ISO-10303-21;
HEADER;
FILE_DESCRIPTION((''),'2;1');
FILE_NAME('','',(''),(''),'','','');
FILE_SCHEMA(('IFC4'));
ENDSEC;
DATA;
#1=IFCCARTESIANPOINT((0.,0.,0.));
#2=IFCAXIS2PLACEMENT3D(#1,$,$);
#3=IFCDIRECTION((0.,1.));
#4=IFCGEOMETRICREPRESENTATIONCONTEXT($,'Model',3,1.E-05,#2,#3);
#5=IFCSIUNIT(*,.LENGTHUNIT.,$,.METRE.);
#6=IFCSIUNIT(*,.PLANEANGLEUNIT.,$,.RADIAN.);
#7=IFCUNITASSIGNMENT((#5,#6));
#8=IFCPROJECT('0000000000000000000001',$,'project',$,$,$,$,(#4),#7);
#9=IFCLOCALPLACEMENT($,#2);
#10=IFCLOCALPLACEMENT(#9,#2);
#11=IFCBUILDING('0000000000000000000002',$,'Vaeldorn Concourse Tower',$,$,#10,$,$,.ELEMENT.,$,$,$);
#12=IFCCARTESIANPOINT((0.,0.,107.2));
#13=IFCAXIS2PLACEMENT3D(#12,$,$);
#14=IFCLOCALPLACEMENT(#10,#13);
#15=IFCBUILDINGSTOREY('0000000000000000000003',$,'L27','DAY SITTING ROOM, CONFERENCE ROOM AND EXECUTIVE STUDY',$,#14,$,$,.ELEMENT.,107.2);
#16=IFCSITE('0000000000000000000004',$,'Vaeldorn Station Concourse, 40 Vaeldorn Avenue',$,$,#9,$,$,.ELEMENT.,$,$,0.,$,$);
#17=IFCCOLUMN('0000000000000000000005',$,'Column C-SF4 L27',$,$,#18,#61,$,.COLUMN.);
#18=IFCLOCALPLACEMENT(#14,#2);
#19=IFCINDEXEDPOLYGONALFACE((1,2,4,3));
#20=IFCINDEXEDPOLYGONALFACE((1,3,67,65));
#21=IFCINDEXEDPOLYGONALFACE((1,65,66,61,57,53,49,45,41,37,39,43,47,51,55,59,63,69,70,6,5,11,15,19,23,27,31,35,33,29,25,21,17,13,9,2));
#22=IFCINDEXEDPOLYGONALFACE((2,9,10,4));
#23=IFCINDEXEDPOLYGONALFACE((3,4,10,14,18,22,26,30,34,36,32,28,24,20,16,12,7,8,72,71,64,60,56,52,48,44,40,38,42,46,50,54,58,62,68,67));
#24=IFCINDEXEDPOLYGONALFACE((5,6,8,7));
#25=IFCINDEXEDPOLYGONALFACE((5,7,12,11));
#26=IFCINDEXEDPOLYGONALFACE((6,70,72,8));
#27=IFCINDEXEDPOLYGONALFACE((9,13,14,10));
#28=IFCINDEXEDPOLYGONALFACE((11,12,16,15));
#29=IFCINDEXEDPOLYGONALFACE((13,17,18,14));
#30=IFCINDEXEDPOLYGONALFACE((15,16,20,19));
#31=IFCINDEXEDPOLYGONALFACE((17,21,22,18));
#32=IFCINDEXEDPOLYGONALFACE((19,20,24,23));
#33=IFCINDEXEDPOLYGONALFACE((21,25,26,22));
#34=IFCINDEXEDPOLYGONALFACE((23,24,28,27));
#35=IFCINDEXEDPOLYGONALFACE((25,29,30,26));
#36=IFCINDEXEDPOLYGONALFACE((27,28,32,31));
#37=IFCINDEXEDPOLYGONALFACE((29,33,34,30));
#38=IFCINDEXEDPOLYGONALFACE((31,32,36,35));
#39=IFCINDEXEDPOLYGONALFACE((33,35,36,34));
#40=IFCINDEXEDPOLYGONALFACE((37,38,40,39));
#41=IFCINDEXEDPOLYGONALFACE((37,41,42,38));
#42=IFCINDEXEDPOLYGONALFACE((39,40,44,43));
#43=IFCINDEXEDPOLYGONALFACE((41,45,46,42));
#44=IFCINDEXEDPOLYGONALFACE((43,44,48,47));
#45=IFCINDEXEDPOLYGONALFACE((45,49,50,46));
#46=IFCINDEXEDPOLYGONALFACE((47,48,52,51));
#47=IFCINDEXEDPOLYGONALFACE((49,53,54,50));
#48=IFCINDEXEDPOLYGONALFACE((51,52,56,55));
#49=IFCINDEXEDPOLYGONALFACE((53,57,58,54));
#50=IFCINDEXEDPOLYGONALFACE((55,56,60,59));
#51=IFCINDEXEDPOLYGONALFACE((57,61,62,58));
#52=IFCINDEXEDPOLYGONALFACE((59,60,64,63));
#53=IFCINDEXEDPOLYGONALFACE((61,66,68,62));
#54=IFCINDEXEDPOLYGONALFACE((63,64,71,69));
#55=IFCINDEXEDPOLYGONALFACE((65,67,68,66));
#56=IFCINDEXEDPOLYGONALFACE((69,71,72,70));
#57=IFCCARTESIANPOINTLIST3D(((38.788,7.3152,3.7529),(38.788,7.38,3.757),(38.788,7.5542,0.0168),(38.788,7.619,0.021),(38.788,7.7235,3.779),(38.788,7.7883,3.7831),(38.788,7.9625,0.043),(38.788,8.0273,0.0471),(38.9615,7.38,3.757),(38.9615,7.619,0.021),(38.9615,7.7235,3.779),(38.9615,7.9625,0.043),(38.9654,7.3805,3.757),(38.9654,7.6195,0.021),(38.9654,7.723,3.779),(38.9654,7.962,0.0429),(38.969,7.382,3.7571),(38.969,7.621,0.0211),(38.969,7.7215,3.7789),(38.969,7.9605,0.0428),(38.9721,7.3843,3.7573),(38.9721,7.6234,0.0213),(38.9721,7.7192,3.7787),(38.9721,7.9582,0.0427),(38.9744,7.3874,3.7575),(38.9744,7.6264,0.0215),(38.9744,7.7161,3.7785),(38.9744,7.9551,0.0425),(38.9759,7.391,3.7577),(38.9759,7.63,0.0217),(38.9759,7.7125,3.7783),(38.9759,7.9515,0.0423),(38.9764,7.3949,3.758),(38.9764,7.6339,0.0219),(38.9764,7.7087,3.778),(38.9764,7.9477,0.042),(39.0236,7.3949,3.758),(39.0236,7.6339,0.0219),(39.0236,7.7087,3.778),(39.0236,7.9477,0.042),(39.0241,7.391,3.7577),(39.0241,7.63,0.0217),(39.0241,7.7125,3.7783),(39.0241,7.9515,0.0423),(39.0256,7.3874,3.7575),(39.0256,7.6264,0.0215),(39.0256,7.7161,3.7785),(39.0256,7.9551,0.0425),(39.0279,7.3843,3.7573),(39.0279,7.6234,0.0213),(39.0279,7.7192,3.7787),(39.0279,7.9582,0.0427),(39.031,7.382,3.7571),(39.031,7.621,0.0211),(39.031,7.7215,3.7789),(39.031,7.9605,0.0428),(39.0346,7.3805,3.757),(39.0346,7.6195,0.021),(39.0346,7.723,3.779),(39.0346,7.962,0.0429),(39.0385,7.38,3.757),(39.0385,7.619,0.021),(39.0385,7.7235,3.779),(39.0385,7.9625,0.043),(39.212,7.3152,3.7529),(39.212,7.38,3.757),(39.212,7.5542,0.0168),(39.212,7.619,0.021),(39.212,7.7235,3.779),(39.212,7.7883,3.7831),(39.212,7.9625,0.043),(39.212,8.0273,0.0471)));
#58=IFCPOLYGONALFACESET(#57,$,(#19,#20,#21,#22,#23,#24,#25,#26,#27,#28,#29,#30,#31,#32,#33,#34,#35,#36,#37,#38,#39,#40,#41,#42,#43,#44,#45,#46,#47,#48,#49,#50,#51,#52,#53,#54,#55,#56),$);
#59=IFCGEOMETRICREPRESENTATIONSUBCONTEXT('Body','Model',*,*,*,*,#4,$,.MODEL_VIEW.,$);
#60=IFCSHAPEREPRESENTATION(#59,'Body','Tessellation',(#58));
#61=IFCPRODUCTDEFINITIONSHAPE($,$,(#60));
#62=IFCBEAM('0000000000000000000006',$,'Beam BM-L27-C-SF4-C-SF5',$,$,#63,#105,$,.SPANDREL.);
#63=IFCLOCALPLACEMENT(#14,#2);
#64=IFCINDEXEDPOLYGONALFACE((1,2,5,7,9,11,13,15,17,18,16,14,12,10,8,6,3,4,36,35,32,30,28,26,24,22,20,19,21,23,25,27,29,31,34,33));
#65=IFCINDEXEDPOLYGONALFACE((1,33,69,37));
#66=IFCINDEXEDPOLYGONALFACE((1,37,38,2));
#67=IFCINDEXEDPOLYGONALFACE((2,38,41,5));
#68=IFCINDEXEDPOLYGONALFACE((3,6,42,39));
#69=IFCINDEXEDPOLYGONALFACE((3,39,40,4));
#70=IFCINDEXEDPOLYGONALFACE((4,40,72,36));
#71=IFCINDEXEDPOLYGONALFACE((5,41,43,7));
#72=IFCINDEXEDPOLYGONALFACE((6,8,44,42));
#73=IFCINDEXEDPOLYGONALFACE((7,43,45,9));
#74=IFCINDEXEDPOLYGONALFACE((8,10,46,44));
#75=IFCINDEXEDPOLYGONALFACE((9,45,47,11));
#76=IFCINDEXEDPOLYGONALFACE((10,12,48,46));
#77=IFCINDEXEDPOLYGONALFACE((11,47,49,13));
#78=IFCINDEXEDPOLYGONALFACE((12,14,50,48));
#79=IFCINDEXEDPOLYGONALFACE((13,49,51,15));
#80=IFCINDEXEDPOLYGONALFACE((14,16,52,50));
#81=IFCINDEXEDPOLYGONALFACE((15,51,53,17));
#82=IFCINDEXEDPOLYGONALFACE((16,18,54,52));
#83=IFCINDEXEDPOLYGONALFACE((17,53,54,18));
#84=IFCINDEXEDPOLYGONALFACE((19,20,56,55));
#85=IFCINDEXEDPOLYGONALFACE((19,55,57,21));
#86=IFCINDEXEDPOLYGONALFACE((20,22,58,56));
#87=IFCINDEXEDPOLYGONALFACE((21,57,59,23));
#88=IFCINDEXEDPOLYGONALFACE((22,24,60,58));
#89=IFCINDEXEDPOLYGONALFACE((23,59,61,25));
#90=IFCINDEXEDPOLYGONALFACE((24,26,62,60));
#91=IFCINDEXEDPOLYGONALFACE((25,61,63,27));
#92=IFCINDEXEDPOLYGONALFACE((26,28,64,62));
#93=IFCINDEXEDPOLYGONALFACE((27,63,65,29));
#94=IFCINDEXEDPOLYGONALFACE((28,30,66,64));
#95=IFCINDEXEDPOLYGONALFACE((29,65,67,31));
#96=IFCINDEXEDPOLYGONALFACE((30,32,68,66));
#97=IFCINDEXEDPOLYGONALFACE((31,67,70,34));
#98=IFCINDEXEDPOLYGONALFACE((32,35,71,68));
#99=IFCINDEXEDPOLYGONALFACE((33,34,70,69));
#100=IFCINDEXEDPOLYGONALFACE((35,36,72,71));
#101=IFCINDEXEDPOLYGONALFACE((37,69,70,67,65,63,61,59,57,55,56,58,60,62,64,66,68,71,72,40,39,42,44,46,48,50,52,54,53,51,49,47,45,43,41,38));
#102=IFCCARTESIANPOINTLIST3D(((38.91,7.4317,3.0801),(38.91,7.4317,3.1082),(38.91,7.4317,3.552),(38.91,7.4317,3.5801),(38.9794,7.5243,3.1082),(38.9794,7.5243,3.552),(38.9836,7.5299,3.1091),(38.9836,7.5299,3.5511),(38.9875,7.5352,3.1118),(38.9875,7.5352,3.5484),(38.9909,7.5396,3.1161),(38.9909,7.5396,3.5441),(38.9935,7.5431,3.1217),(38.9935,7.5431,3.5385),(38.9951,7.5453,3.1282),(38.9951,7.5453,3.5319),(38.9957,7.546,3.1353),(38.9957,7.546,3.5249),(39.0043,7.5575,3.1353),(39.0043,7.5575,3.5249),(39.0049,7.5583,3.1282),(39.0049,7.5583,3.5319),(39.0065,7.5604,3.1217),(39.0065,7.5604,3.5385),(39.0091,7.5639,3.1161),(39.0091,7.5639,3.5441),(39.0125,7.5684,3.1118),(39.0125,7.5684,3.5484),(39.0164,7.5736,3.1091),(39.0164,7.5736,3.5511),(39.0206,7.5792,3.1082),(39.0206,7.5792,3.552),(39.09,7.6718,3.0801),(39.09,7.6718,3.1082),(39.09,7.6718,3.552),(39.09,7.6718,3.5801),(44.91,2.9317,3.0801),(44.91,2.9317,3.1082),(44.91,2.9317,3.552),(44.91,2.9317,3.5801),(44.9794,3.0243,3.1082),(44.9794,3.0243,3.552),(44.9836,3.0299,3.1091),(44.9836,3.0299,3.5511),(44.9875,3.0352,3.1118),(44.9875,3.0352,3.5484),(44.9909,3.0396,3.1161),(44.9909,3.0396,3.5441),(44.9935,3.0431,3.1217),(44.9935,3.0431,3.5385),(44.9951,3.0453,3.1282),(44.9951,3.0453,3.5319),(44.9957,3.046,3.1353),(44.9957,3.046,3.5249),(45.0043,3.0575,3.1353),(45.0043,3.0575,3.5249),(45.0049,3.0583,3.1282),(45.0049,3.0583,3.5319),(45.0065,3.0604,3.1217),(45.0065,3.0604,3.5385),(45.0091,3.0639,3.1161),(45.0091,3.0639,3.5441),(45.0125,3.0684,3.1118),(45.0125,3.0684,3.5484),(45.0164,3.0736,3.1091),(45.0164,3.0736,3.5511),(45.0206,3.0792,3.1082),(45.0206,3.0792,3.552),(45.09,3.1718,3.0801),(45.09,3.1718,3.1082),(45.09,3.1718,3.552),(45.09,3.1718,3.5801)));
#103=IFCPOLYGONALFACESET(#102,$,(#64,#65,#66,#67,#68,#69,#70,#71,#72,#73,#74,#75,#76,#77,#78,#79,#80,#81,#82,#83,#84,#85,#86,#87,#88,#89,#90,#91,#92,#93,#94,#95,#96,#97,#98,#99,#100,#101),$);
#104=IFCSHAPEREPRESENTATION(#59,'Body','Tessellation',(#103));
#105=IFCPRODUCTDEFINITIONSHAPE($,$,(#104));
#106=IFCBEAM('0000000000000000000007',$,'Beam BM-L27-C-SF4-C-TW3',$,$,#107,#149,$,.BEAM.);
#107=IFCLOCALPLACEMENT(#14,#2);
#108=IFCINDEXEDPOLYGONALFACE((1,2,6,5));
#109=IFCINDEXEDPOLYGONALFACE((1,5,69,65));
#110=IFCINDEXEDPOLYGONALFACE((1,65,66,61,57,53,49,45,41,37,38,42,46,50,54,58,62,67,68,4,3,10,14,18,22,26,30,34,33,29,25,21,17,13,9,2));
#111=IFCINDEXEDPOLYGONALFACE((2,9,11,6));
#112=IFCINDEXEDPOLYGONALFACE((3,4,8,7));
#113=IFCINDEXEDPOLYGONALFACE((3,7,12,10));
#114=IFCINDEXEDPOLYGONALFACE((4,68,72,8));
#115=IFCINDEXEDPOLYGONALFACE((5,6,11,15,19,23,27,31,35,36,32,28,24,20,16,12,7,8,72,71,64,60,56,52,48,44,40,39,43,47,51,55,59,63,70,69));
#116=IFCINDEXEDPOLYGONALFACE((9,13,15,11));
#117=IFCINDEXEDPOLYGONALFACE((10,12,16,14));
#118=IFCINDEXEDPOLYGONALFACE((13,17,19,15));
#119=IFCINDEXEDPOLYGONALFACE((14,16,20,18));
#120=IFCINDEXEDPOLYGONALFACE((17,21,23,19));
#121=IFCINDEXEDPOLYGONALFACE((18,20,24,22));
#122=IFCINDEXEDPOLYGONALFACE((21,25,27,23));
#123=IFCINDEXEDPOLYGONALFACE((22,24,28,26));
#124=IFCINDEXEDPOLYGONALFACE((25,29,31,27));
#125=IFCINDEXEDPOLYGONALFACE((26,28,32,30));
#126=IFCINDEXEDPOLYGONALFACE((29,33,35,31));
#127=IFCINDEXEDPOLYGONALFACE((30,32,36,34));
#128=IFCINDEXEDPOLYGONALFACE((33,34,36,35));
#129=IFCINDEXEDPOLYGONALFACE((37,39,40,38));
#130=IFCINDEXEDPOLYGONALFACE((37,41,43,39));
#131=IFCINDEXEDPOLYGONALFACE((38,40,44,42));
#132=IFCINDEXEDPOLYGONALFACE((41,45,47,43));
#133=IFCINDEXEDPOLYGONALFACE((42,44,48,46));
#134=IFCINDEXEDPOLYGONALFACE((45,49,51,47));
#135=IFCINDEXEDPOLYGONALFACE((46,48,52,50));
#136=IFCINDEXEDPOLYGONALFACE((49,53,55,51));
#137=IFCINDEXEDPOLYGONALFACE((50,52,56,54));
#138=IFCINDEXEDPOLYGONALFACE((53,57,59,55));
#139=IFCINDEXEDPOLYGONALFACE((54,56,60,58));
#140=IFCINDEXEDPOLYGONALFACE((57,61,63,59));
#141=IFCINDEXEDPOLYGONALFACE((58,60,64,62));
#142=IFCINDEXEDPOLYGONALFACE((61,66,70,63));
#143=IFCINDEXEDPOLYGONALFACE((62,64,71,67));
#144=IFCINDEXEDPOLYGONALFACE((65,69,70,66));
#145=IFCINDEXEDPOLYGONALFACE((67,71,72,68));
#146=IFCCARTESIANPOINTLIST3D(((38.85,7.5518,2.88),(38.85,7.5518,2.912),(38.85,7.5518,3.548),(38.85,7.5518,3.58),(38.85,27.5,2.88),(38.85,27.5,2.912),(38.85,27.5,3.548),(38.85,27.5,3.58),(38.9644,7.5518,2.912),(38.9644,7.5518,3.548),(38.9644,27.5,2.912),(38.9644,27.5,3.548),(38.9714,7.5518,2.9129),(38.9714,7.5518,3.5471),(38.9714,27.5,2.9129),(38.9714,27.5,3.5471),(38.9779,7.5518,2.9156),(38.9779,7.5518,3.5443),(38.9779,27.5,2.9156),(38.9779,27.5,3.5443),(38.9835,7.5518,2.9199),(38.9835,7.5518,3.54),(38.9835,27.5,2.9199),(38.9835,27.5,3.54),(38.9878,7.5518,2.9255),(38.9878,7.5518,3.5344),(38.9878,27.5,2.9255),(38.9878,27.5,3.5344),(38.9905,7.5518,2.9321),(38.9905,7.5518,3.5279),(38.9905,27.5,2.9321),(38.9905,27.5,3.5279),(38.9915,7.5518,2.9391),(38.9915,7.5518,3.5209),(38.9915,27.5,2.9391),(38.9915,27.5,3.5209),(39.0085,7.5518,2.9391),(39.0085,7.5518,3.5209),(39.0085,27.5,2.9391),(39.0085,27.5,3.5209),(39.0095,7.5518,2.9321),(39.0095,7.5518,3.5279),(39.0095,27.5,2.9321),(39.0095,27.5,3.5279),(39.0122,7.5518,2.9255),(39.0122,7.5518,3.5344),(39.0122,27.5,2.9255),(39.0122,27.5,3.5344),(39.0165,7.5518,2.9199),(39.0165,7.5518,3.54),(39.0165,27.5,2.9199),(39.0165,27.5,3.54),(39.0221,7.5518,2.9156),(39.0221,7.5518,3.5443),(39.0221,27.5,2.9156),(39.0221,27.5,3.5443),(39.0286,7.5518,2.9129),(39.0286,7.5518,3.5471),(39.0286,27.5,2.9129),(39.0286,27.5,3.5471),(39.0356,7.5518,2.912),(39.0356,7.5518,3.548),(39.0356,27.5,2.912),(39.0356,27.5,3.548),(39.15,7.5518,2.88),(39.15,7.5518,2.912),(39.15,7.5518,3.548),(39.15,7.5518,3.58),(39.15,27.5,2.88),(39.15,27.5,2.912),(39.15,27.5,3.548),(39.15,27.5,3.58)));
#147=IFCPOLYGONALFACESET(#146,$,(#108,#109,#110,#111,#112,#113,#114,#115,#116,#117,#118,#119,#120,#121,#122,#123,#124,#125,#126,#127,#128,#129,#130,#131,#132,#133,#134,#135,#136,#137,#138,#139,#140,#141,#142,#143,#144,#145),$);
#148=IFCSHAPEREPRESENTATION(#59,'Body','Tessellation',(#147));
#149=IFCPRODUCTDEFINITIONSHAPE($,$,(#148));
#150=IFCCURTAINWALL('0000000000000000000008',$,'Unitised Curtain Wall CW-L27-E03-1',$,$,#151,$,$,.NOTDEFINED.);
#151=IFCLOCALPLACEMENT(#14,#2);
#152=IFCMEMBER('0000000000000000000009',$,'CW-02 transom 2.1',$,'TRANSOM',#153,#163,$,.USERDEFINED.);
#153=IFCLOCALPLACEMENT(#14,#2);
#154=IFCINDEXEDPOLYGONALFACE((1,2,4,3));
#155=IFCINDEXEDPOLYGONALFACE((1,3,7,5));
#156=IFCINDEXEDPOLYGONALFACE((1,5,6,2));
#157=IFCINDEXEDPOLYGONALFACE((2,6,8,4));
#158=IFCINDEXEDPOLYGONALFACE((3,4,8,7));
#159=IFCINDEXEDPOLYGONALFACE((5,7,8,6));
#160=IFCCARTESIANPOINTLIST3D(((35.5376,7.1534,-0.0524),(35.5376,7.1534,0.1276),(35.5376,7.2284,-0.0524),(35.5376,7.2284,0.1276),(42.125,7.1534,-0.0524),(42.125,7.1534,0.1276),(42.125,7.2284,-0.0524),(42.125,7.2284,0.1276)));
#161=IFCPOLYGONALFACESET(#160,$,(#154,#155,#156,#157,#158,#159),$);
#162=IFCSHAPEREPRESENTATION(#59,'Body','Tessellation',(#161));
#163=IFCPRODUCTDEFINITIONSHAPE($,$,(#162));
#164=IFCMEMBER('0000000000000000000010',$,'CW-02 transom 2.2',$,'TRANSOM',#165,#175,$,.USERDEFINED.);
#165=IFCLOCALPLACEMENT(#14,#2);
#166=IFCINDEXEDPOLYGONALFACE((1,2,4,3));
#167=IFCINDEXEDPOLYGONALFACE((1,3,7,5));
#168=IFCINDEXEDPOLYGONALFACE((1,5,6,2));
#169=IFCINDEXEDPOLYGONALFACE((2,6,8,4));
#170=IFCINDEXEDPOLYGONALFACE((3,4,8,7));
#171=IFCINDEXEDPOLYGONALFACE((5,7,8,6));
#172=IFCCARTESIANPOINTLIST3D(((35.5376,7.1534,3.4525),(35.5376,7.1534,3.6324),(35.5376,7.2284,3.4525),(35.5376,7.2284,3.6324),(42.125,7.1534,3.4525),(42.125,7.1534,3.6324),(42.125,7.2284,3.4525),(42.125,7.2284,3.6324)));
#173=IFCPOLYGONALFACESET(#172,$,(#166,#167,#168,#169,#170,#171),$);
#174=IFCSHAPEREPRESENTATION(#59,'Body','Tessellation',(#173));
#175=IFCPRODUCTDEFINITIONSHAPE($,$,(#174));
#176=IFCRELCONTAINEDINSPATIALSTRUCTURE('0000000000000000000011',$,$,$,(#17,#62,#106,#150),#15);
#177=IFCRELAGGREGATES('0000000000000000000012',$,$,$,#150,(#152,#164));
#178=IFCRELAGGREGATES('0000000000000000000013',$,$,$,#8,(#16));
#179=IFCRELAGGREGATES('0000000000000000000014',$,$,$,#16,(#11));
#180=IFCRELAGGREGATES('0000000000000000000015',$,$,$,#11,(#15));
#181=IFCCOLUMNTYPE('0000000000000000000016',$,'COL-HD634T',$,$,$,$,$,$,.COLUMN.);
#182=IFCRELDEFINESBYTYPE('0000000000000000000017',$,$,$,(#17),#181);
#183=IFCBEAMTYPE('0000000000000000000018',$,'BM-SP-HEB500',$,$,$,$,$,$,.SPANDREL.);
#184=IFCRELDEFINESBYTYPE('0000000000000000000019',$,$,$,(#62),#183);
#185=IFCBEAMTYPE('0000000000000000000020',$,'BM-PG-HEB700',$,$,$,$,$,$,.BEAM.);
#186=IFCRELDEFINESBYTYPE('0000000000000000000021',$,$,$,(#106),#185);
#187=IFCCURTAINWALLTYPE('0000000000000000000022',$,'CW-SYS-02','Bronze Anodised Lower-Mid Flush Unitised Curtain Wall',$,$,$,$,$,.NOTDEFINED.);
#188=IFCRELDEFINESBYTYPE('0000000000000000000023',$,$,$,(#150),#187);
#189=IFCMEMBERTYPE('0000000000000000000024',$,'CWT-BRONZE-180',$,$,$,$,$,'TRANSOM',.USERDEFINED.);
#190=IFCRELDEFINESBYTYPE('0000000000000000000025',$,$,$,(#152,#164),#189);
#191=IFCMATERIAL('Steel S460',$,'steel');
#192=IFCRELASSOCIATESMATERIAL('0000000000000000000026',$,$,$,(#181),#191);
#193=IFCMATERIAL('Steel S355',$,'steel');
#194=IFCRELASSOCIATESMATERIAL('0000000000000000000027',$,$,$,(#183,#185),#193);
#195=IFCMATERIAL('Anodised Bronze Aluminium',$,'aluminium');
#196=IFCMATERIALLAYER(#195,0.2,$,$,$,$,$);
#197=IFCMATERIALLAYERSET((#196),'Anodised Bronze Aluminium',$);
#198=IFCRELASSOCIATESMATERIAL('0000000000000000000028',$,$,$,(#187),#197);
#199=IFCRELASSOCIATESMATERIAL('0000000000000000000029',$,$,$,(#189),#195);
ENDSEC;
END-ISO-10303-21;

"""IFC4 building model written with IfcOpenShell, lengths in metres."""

from ifc_helpers import new_model, si_unit, direction, frame, origin, origin_2d, place, context, subcontext, project, spatial, rectangle, i_section, extrude, source, transform, mapped, material, layer, layer_set, material_profile, profile_set, type_object, element, aggregate, save


model = new_model("IFC4")

# Units and contexts
model_context = context("Model", 3, precision=1e-05, world=origin(), true_north=direction((0.0, 1.0)))
body_context = subcontext(model_context, "Body", "Model", "MODEL_VIEW")
ifc_project = project(units=[si_unit("LENGTHUNIT", "METRE"), si_unit("PLANEANGLEUNIT", "RADIAN")], contexts=[model_context])

# Site, building, storey
site_placement = place(None, origin())
site = spatial("IfcSite", under=ifc_project, at=site_placement, Name="Vaeldorn Station Concourse, 40 Vaeldorn Avenue", CompositionType="ELEMENT", RefElevation=0.0)
building_placement = place(site_placement, origin())
building = spatial("IfcBuilding", under=site, at=building_placement, Name="Vaeldorn Concourse Tower", CompositionType="ELEMENT")
storey_placement = place(building_placement, frame((0.0, 0.0, 107.2)))
storey = spatial("IfcBuildingStorey", under=building, at=storey_placement, Name="L27", Description="DAY SITTING ROOM, CONFERENCE ROOM AND EXECUTIVE STUDY", CompositionType="ELEMENT", Elevation=107.2)

# Column
ifc_material_1 = material(Name="Steel S460", Category="steel")
ifc_material_profile_1 = material_profile(ifc_material_1, i_section(OverallWidth=0.4241, OverallDepth=0.4741, WebThickness=0.0471, FlangeThickness=0.0649, FilletRadius=0.0149, at=origin_2d()), Name="HD 400x634")
ifc_profile_set_1 = profile_set([ifc_material_profile_1], Name="Steel S460")
column_type = type_object("IfcColumnType", Name="COL-HD634T", PredefinedType="COLUMN", material=ifc_profile_set_1)
shared_shape_1 = source(origin(), body_context, "Body", "SweptSolid", [
    extrude(i_section(OverallWidth=0.4241, OverallDepth=0.4741, WebThickness=0.0471, FlangeThickness=0.0649, FilletRadius=0.0149, at=origin_2d()), origin(), (0.0, 0.0, 1.0), 3.7437),
])
column_placement = place(storey_placement, frame((39.0, 7.7908, 0.032), z_axis=(0.0, -0.063844, 0.99796), x_axis=(1.0, 0.0, 0.0)))
element("IfcColumn", 1, at=column_placement, inside=storey, type_object=column_type, Name="Column C-SF4 L27", PredefinedType="COLUMN", context=body_context, shape_type="MappedRepresentation", body=[
    mapped(shared_shape_1, transform((0.0, 0.0, 0.0), scale=1.0)),
])

# Beams
ifc_material_2 = material(Name="Steel S355", Category="steel")
ifc_material_profile_2 = material_profile(ifc_material_2, i_section(OverallWidth=0.3, OverallDepth=0.5, WebThickness=0.0144, FlangeThickness=0.0281, FilletRadius=0.0271, at=origin_2d()), Name="HEB 500")
ifc_profile_set_2 = profile_set([ifc_material_profile_2], Name="Steel S355")
beam_type_1 = type_object("IfcBeamType", Name="BM-SP-HEB500", PredefinedType="SPANDREL", material=ifc_profile_set_2)
shared_shape_2 = source(origin(), body_context, "Body", "SweptSolid", [
    extrude(i_section(OverallWidth=0.3, OverallDepth=0.5, WebThickness=0.0144, FlangeThickness=0.0281, FilletRadius=0.0271, at=origin_2d()), origin(), (0.0, 0.0, 1.0), 7.5),
])
beam_1_placement = place(storey_placement, frame((39.0, 7.5518, 3.3301), z_axis=(0.8, -0.6, 0.0), x_axis=(0.6, 0.8, 0.0)))
element("IfcBeam", 2, at=beam_1_placement, inside=storey, type_object=beam_type_1, Name="Beam BM-L27-C-SF4-C-SF5", PredefinedType="SPANDREL", context=body_context, shape_type="MappedRepresentation", body=[
    mapped(shared_shape_2, transform((0.0, 0.0, 0.0), scale=1.0)),
])
ifc_material_profile_3 = material_profile(ifc_material_2, i_section(OverallWidth=0.3, OverallDepth=0.7, WebThickness=0.0171, FlangeThickness=0.032, FilletRadius=0.0271, at=origin_2d()), Name="HEB 700")
ifc_profile_set_3 = profile_set([ifc_material_profile_3], Name="Steel S355")
beam_type_2 = type_object("IfcBeamType", Name="BM-PG-HEB700", PredefinedType="BEAM", material=ifc_profile_set_3)
shared_shape_3 = source(origin(), body_context, "Body", "SweptSolid", [
    extrude(i_section(OverallWidth=0.3, OverallDepth=0.7, WebThickness=0.0171, FlangeThickness=0.032, FilletRadius=0.0271, at=origin_2d()), origin(), (0.0, 0.0, 1.0), 19.9482),
])
beam_2_placement = place(storey_placement, frame((39.0, 7.5518, 3.23), z_axis=(0.0, 1.0, 0.0), x_axis=(-1.0, 0.0, 0.0)))
element("IfcBeam", 3, at=beam_2_placement, inside=storey, type_object=beam_type_2, Name="Beam BM-L27-C-SF4-C-TW3", PredefinedType="BEAM", context=body_context, shape_type="MappedRepresentation", body=[
    mapped(shared_shape_3, transform((0.0, 0.0, 0.0), scale=1.0)),
])

# Curtain wall, members
ifc_material_3 = material(Name="Anodised Bronze Aluminium", Category="aluminium")
ifc_layer_1 = layer(ifc_material_3, 0.2)
ifc_layer_set_1 = layer_set([ifc_layer_1], Name="Anodised Bronze Aluminium")
curtain_wall_type = type_object("IfcCurtainWallType", Name="CW-SYS-02", Description="Bronze Anodised Lower-Mid Flush Unitised Curtain Wall", PredefinedType="NOTDEFINED", material=ifc_layer_set_1)
curtain_wall_1_placement = place(storey_placement, origin())
curtain_wall_1 = element("IfcCurtainWall", 4, at=curtain_wall_1_placement, inside=storey, type_object=curtain_wall_type, Name="Unitised Curtain Wall CW-L27-E03-1", PredefinedType="NOTDEFINED")
ifc_material_profile_4 = material_profile(ifc_material_3, rectangle(XDim=0.075, YDim=0.1799, at=origin_2d()), Name="CWT 75x180")
ifc_profile_set_4 = profile_set([ifc_material_profile_4], Name="Anodised Bronze Aluminium")
member_type_1 = type_object("IfcMemberType", Name="CWT-BRONZE-180", ElementType="TRANSOM", PredefinedType="USERDEFINED", material=ifc_profile_set_4)
shared_shape_4 = source(origin(), body_context, "Body", "SweptSolid", [
    extrude(rectangle(XDim=0.075, YDim=0.1799, at=origin_2d()), origin(), (0.0, 0.0, 1.0), 6.5874),
])
member_1_placement = place(storey_placement, frame((35.5376, 7.1909, 0.0376), z_axis=(1.0, 0.0, 0.0), x_axis=(0.0, 1.0, 0.0)))
member_1 = element("IfcMember", 5, at=member_1_placement, type_object=member_type_1, Name="CW-02 transom 2.1", ObjectType="TRANSOM", PredefinedType="USERDEFINED", context=body_context, shape_type="MappedRepresentation", body=[
    mapped(shared_shape_4, transform((0.0, 0.0, 0.0), scale=1.0)),
])
member_2_placement = place(storey_placement, frame((35.5376, 7.1909, 3.5425), z_axis=(1.0, 0.0, 0.0), x_axis=(0.0, 1.0, 0.0)))
member_2 = element("IfcMember", 6, at=member_2_placement, type_object=member_type_1, Name="CW-02 transom 2.2", ObjectType="TRANSOM", PredefinedType="USERDEFINED", context=body_context, shape_type="MappedRepresentation", body=[
    mapped(shared_shape_4, transform((0.0, 0.0, 0.0), scale=1.0)),
])

aggregate(curtain_wall_1, [member_1, member_2])

save(model, "model.ifc")
